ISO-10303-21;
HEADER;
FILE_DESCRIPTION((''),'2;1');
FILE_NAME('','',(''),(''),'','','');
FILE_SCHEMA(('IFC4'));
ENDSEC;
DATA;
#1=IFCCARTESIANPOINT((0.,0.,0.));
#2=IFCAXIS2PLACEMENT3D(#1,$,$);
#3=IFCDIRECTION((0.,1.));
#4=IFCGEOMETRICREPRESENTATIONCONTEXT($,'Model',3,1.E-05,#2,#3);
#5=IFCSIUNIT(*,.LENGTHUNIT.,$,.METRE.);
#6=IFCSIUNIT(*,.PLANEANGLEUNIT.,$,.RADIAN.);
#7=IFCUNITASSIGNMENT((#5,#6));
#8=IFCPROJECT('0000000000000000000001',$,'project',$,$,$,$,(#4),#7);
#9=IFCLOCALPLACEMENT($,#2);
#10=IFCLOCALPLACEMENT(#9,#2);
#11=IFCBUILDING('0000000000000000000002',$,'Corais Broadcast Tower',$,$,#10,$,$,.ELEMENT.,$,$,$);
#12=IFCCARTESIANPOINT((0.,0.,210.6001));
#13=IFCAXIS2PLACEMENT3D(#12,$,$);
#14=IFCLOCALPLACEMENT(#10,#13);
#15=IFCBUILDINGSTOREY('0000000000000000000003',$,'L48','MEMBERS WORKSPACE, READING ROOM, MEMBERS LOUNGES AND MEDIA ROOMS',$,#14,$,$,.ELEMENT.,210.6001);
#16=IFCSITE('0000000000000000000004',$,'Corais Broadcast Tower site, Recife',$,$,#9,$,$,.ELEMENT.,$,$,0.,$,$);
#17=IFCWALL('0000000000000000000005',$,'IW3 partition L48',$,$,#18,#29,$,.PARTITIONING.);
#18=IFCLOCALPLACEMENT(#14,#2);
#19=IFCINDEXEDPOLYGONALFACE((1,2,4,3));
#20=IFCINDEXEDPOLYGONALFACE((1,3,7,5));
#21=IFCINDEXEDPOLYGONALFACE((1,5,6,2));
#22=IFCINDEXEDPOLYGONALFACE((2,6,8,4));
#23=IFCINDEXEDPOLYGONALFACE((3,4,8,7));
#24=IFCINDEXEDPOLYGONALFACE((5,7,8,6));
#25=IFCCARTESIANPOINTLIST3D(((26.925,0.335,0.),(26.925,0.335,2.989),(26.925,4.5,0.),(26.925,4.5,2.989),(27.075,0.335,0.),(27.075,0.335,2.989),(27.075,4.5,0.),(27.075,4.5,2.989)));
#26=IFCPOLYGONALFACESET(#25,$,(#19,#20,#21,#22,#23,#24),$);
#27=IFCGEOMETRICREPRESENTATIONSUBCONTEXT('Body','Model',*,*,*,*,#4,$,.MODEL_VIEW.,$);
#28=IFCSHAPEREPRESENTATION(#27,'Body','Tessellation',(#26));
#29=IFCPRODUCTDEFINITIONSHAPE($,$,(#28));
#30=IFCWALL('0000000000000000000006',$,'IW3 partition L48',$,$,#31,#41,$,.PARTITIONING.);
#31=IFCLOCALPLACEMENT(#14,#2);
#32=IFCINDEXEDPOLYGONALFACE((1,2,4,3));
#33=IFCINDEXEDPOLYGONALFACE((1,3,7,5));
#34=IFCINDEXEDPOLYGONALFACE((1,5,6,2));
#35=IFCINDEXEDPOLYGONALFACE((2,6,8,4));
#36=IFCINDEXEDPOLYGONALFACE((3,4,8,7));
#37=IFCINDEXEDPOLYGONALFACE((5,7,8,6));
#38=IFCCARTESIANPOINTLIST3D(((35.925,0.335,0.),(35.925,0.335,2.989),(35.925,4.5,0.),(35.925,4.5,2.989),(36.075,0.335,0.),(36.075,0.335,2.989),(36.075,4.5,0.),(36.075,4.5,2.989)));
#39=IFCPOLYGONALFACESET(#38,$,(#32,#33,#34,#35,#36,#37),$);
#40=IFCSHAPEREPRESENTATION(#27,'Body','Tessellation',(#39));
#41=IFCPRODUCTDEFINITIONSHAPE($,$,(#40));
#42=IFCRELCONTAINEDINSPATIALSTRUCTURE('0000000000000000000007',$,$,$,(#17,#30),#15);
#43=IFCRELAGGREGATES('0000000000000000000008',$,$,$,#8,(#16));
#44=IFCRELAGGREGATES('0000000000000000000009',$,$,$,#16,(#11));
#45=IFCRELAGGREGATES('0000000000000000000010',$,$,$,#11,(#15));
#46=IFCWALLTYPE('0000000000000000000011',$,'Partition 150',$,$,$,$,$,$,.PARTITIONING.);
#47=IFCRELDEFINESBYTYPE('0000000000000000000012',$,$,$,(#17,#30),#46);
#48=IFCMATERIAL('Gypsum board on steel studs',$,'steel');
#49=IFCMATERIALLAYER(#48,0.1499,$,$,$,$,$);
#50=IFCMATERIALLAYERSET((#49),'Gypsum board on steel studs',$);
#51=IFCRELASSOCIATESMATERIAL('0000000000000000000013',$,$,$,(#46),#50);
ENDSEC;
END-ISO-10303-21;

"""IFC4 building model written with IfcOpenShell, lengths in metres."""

from ifc_helpers import new_model, si_unit, direction, frame, frame_2d, origin, place, context, subcontext, project, spatial, rectangle, extrude, material, layer, layer_set, type_object, element, save


model = new_model("IFC4")

# Units and contexts
model_context = context("Model", 3, precision=1e-05, world=origin(), true_north=direction((0.0, 1.0)))
body_context = subcontext(model_context, "Body", "Model", "MODEL_VIEW")
ifc_project = project(units=[si_unit("LENGTHUNIT", "METRE"), si_unit("PLANEANGLEUNIT", "RADIAN")], contexts=[model_context])

# Site, building, storey
site_placement = place(None, origin())
site = spatial("IfcSite", under=ifc_project, at=site_placement, Name="Corais Broadcast Tower site, Recife", CompositionType="ELEMENT", RefElevation=0.0)
building_placement = place(site_placement, origin())
building = spatial("IfcBuilding", under=site, at=building_placement, Name="Corais Broadcast Tower", CompositionType="ELEMENT")
storey_placement = place(building_placement, frame((0.0, 0.0, 210.6001)))
storey = spatial("IfcBuildingStorey", under=building, at=storey_placement, Name="L48", Description="MEMBERS WORKSPACE, READING ROOM, MEMBERS LOUNGES AND MEDIA ROOMS", CompositionType="ELEMENT", Elevation=210.6001)

# Walls
ifc_material_1 = material(Name="Gypsum board on steel studs", Category="steel")
ifc_layer_1 = layer(ifc_material_1, 0.1499)
ifc_layer_set_1 = layer_set([ifc_layer_1], Name="Gypsum board on steel studs")
wall_type = type_object("IfcWallType", Name="Partition 150", PredefinedType="PARTITIONING", material=ifc_layer_set_1)
for number, where, z_axis, x_axis, name in (
    (1, (27.0, 0.335, 0.0), (0.0, 0.0, 1.0), (0.0, 1.0, 0.0), "IW3 partition L48"),
    (2, (36.0, 0.335, 0.0), (0.0, 0.0, 1.0), (0.0, 1.0, 0.0), "IW3 partition L48"),
):
    element("IfcWall", number, at=place(storey_placement, frame(where, z_axis=z_axis, x_axis=x_axis)), inside=storey, type_object=wall_type, Name=name, PredefinedType="PARTITIONING", context=body_context, shape_type="SweptSolid", body=[
        extrude(rectangle(XDim=4.165, YDim=0.1499, at=frame_2d((2.0825, 0.0))), origin(), (0.0, 0.0, 1.0), 2.989),
    ])

save(model, "model.ifc")
